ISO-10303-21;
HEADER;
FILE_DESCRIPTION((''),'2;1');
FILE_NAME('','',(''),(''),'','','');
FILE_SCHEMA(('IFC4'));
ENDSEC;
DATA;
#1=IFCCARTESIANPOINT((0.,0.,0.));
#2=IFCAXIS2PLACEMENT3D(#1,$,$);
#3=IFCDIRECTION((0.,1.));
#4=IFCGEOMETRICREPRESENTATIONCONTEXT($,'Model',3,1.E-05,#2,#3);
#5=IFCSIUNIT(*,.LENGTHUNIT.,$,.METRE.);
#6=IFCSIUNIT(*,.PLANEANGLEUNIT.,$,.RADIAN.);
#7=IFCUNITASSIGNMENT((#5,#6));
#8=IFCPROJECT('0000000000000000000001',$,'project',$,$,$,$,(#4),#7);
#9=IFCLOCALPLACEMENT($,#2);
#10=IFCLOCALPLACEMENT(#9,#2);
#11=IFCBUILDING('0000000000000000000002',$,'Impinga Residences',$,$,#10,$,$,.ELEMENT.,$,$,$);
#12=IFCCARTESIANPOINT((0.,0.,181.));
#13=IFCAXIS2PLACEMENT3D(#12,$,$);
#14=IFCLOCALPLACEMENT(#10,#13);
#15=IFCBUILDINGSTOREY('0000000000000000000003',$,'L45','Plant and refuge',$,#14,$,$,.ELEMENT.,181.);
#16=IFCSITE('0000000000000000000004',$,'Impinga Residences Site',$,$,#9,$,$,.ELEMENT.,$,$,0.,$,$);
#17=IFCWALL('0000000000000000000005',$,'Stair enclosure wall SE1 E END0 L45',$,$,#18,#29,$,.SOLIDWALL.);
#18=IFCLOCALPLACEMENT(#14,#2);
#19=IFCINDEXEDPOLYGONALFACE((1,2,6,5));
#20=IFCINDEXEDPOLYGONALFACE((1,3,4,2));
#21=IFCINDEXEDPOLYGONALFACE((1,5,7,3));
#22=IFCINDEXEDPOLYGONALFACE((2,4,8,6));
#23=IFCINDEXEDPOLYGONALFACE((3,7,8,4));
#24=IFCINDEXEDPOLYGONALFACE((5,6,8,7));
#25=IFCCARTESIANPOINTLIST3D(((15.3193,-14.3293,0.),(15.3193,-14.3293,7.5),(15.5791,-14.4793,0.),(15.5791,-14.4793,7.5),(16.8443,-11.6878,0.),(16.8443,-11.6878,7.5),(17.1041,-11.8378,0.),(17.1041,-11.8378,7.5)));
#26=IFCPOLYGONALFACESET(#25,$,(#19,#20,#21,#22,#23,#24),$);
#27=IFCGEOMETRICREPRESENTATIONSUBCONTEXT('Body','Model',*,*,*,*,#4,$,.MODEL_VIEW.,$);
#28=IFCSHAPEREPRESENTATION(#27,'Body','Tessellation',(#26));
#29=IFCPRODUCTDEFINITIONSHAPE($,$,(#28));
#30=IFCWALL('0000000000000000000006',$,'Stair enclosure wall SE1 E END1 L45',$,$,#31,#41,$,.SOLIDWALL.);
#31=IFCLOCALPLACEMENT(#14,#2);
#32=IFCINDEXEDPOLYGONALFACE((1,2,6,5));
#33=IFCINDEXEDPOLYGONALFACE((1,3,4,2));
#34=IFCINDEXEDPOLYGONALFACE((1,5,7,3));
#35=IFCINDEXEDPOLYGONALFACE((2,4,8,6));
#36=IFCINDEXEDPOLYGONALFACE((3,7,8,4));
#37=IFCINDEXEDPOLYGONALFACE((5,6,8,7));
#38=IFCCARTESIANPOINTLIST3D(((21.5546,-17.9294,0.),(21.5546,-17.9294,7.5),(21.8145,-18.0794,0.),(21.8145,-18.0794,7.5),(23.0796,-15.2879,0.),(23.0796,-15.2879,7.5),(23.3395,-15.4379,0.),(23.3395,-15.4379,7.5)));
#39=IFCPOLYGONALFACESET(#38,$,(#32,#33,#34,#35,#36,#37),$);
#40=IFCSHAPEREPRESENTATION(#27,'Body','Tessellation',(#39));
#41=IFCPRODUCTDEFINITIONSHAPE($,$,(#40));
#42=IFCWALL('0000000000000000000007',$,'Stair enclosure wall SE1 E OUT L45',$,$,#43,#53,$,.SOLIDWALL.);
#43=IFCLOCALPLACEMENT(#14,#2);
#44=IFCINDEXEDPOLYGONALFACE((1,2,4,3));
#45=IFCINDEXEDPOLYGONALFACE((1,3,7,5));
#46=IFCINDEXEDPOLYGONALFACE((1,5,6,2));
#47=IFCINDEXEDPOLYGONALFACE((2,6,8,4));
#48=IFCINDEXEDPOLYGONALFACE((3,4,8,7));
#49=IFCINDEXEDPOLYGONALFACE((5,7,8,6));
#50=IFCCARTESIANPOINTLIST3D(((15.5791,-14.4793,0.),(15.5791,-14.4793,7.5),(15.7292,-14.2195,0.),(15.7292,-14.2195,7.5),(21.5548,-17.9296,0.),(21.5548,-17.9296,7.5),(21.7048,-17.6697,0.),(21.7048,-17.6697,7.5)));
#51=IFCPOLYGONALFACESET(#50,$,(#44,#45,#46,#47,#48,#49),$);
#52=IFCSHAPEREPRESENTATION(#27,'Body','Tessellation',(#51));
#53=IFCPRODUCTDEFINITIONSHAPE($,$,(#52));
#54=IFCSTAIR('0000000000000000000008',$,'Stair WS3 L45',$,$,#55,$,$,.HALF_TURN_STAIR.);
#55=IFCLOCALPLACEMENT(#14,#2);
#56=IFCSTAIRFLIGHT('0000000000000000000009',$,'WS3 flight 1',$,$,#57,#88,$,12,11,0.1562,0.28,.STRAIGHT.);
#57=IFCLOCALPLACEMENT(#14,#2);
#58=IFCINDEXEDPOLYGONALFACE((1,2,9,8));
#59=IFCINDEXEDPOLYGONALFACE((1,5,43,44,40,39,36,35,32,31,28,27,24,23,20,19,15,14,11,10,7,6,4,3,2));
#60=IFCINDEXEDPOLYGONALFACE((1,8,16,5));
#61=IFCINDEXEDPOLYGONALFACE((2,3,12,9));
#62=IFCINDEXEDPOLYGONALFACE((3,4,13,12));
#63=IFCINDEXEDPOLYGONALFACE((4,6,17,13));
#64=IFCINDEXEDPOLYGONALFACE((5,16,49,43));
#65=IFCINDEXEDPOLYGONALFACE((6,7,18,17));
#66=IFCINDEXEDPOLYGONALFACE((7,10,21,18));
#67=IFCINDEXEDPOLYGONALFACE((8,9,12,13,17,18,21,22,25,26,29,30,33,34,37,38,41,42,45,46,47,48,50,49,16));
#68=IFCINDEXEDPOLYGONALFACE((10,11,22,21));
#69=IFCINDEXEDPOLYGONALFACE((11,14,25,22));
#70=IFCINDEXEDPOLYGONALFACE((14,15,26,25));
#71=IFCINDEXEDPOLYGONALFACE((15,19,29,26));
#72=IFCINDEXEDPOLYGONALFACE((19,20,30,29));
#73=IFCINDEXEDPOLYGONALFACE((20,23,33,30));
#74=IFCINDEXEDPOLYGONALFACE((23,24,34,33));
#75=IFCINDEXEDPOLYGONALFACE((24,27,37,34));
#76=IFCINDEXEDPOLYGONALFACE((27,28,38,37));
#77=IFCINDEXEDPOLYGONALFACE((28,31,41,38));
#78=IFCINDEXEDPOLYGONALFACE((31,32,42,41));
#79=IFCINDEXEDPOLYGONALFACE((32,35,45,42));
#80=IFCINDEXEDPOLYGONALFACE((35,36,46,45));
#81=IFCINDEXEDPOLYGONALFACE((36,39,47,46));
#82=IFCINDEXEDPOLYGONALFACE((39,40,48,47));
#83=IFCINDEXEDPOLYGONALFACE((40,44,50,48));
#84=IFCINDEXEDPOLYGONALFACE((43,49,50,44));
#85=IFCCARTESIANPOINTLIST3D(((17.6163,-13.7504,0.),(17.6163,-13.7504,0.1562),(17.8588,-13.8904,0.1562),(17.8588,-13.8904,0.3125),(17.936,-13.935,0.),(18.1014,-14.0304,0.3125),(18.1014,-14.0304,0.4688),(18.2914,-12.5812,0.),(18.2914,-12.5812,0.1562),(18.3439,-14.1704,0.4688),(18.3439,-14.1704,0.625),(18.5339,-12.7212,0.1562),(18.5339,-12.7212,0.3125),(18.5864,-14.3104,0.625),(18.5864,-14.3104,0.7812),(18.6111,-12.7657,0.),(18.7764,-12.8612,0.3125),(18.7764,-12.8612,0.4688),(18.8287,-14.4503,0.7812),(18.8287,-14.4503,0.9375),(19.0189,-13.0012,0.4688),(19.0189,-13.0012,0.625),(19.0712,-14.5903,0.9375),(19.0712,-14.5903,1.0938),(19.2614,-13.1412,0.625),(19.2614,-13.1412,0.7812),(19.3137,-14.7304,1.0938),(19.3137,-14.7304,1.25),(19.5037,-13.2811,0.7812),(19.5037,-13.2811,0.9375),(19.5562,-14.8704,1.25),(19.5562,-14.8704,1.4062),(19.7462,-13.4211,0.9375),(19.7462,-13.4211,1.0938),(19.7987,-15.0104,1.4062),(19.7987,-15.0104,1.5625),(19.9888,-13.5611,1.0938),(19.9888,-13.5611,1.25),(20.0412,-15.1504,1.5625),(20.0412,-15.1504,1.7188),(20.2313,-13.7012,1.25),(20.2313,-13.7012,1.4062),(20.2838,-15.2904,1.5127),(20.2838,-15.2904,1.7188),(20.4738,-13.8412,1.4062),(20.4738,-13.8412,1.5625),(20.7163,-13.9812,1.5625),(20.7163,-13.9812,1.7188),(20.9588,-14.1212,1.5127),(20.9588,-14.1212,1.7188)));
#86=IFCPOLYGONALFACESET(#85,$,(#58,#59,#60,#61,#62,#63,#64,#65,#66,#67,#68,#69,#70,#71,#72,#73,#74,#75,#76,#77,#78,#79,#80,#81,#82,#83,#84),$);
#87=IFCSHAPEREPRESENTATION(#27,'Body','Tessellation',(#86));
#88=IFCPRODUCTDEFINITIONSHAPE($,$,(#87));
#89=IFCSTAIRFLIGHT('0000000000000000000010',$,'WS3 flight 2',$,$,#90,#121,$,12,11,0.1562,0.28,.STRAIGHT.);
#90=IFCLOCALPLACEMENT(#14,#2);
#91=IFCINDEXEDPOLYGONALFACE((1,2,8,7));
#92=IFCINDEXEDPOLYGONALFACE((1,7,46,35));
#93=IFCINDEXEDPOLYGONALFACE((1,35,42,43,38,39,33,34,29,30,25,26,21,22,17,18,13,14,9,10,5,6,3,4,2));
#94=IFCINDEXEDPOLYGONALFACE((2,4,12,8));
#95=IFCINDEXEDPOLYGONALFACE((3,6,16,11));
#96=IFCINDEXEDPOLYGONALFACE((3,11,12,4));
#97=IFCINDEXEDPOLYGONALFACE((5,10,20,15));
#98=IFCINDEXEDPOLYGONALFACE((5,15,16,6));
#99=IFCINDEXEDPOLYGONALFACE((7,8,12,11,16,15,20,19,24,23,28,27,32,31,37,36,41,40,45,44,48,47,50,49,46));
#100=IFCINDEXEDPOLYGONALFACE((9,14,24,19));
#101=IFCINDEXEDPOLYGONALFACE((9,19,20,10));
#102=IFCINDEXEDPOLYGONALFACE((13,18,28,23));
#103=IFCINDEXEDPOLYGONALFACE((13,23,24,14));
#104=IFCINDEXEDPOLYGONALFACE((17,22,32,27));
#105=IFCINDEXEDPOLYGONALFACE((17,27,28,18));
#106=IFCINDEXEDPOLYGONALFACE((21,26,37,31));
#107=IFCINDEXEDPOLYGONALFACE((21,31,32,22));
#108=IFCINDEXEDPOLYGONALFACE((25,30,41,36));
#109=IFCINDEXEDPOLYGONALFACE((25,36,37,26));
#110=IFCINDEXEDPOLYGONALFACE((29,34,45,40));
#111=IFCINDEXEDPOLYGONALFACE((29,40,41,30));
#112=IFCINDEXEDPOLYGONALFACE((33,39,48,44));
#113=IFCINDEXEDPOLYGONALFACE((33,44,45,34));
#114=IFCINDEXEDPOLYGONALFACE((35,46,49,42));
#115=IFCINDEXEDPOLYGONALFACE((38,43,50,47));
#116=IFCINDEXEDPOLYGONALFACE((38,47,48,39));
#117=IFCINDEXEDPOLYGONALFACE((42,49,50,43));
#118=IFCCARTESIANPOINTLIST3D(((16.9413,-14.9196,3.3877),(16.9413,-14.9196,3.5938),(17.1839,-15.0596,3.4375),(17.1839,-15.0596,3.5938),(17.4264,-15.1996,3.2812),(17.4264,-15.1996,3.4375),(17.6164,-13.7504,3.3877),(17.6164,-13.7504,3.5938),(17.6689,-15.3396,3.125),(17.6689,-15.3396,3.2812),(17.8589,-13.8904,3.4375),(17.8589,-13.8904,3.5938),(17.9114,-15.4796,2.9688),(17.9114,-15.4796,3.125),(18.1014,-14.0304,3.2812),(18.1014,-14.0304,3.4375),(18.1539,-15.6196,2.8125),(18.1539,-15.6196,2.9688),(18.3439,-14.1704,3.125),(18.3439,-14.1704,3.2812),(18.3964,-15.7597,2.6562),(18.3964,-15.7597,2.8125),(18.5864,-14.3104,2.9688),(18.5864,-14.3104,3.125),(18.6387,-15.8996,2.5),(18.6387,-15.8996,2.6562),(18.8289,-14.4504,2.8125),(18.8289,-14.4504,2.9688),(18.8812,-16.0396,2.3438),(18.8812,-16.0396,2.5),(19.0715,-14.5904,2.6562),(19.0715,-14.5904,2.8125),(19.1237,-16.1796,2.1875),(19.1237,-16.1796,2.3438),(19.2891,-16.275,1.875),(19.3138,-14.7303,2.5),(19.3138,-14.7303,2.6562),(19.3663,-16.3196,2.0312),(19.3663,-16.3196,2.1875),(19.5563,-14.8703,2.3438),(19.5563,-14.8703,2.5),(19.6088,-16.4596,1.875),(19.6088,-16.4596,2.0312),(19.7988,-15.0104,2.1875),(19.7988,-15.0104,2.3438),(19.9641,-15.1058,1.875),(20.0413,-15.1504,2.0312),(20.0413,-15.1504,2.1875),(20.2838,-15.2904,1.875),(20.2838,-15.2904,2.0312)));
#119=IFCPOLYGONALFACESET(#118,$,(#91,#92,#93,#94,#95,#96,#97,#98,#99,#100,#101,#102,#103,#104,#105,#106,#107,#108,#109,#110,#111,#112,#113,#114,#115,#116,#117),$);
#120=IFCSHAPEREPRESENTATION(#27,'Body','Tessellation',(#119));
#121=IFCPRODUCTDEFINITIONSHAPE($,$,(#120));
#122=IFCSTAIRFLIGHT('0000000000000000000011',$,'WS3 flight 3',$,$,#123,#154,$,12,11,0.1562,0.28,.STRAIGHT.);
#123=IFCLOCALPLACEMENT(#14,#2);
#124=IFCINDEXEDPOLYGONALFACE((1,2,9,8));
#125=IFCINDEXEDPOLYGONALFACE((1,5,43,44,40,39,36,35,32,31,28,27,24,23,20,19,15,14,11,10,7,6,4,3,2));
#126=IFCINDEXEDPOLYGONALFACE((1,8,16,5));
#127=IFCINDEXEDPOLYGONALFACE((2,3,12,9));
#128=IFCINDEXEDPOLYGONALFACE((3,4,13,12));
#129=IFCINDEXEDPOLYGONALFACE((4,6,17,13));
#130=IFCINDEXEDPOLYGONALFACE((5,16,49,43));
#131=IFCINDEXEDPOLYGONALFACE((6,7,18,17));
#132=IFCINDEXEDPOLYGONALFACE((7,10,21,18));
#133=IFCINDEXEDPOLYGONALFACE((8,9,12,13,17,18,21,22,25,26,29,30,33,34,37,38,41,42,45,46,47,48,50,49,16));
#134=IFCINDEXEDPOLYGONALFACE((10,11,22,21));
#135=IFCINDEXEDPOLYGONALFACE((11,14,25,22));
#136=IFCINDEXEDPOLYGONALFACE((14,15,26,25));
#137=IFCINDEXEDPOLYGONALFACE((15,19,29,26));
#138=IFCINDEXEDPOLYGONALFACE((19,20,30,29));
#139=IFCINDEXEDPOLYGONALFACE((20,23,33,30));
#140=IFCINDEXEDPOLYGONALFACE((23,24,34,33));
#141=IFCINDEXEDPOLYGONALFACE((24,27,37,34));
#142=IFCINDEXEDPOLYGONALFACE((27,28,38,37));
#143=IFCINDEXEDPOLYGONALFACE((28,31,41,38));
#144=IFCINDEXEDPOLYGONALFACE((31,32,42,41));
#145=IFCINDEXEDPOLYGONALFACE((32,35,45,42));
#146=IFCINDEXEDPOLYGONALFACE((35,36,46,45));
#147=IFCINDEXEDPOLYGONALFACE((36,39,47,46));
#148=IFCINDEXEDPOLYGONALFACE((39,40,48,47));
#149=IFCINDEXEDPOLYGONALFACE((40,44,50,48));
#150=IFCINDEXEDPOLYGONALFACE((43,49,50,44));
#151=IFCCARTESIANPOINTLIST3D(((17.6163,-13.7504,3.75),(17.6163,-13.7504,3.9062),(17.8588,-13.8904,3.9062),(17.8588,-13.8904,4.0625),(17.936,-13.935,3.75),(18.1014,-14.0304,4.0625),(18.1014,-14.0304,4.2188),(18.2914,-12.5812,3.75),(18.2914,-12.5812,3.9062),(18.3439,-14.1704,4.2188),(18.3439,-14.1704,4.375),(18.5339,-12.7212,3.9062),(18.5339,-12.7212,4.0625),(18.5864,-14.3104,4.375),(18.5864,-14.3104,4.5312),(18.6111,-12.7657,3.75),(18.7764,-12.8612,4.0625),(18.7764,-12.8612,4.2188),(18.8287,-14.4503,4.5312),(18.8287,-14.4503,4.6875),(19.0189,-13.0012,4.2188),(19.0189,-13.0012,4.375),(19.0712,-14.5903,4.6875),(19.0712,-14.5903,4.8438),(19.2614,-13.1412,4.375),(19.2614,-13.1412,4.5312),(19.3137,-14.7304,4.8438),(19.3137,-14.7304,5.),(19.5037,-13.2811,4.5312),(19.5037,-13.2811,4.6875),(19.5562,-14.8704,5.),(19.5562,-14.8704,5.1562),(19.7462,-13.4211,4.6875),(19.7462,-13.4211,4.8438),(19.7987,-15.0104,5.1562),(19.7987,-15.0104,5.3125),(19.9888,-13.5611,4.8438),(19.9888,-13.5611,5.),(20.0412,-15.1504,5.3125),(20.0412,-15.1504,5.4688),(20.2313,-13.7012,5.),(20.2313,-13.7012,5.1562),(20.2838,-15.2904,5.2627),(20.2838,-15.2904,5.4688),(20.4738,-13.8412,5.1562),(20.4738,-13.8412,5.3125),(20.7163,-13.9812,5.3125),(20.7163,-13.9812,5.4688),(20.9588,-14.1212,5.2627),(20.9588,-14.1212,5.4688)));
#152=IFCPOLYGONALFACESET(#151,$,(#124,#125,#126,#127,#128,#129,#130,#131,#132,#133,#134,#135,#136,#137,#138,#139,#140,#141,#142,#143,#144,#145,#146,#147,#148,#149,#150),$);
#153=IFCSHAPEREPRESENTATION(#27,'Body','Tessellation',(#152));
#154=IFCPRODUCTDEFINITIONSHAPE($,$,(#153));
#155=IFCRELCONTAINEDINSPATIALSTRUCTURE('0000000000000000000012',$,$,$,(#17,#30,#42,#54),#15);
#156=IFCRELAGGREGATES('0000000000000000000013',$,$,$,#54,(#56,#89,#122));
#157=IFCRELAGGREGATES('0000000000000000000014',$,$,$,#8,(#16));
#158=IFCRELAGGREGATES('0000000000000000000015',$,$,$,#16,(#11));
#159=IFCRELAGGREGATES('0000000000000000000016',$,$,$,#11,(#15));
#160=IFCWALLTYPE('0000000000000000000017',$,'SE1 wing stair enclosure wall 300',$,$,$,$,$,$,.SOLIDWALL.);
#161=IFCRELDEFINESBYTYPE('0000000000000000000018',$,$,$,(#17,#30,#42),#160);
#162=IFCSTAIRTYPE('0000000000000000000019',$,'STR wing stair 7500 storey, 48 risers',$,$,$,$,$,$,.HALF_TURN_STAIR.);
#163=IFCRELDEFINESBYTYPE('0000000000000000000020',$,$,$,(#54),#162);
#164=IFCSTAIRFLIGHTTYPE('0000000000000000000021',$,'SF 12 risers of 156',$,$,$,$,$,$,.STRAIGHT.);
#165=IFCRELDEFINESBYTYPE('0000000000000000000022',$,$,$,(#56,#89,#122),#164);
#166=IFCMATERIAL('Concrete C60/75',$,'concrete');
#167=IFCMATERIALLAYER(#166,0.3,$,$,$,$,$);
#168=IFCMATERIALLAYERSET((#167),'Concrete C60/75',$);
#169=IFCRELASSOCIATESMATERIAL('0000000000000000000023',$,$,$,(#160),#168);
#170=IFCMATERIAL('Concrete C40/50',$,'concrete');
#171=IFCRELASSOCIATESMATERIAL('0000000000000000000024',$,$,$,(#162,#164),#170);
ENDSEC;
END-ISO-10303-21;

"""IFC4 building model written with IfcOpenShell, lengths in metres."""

from ifc_helpers import new_model, si_unit, direction, frame, frame_2d, origin, place, context, subcontext, project, spatial, polyline, rectangle, outline, extrude, material, layer, layer_set, type_object, element, aggregate, save


model = new_model("IFC4")

# Units and contexts
model_context = context("Model", 3, precision=1e-05, world=origin(), true_north=direction((0.0, 1.0)))
body_context = subcontext(model_context, "Body", "Model", "MODEL_VIEW")
ifc_project = project(units=[si_unit("LENGTHUNIT", "METRE"), si_unit("PLANEANGLEUNIT", "RADIAN")], contexts=[model_context])

# Site, building, storey
site_placement = place(None, origin())
site = spatial("IfcSite", under=ifc_project, at=site_placement, Name="Impinga Residences Site", CompositionType="ELEMENT", RefElevation=0.0)
building_placement = place(site_placement, origin())
building = spatial("IfcBuilding", under=site, at=building_placement, Name="Impinga Residences", CompositionType="ELEMENT")
storey_placement = place(building_placement, frame((0.0, 0.0, 181.0)))
storey = spatial("IfcBuildingStorey", under=building, at=storey_placement, Name="L45", Description="Plant and refuge", CompositionType="ELEMENT", Elevation=181.0)

# Shared definitions
ifc_material_1 = material(Name="Concrete C60/75", Category="concrete")

# Walls
ifc_layer_1 = layer(ifc_material_1, 0.3)
ifc_layer_set_1 = layer_set([ifc_layer_1], Name="Concrete C60/75")
wall_type_1 = type_object("IfcWallType", Name="SE1 wing stair enclosure wall 300", PredefinedType="SOLIDWALL", material=ifc_layer_set_1)
for number, where, z_axis, x_axis, name in (
    (1, (16.9741, -11.7629, 0.0), (0.0, 0.0, 1.0), (-0.499979, -0.866038, 0.0), "Stair enclosure wall SE1 E END0 L45"),
    (2, (23.2095, -15.363, 0.0), (0.0, 0.0, 1.0), (-0.499979, -0.866038, 0.0), "Stair enclosure wall SE1 E END1 L45"),
):
    element("IfcWall", number, at=place(storey_placement, frame(where, z_axis=z_axis, x_axis=x_axis)), inside=storey, type_object=wall_type_1, Name=name, PredefinedType="SOLIDWALL", context=body_context, shape_type="SweptSolid", body=[
        extrude(rectangle(XDim=3.05, YDim=0.3, at=frame_2d((1.5249, 0.0))), origin(), (0.0, 0.0, 1.0), 7.5),
    ])
wall_1_placement = place(storey_placement, frame((15.6541, -14.3494, 0.0), z_axis=(0.0, 0.0, 1.0), x_axis=(0.866014, -0.500021, 0.0)))
element("IfcWall", 3, at=wall_1_placement, inside=storey, type_object=wall_type_1, Name="Stair enclosure wall SE1 E OUT L45", PredefinedType="SOLIDWALL", context=body_context, shape_type="SweptSolid", body=[
    extrude(rectangle(XDim=6.9001, YDim=0.3, at=frame_2d((3.4502, 0.0))), origin(), (0.0, 0.0, 1.0), 7.5),
])

# Stair, stair flights
ifc_material_2 = material(Name="Concrete C40/50", Category="concrete")
stair_type = type_object("IfcStairType", Name="STR wing stair 7500 storey, 48 risers", PredefinedType="HALF_TURN_STAIR", material=ifc_material_2)
stair_placement = place(storey_placement, origin())
stair = element("IfcStair", 4, at=stair_placement, inside=storey, type_object=stair_type, Name="Stair WS3 L45", PredefinedType="HALF_TURN_STAIR")
stair_flight_type = type_object("IfcStairFlightType", Name="SF 12 risers of 156", PredefinedType="STRAIGHT", material=ifc_material_2)
stair_flight_1_placement = place(storey_placement, frame((17.9539, -13.1658, 0.0), z_axis=(0.0, 0.0, 1.0), x_axis=(0.866025, -0.5, 0.0)))
stair_flight_1 = element("IfcStairFlight", 5, at=stair_flight_1_placement, type_object=stair_flight_type, Name="WS3 flight 1", NumberOfRisers=12, NumberOfTreads=11, PredefinedType="STRAIGHT", RiserHeight=0.1562, TreadLength=0.28, context=body_context, shape_type="SweptSolid", body=[
    extrude(outline(polyline([(0.0, 0.0), (0.0, 0.1562), (0.28, 0.1562), (0.28, 0.3125), (0.5601, 0.3125), (0.5601, 0.4688), (0.8401, 0.4688), (0.8401, 0.625), (1.1201, 0.625), (1.1201, 0.7812), (1.3999, 0.7812), (1.3999, 0.9375), (1.6799, 0.9375), (1.6799, 1.0938), (1.96, 1.0938), (1.96, 1.25), (2.24, 1.25), (2.24, 1.4062), (2.52, 1.4062), (2.52, 1.5625), (2.8, 1.5625), (2.8, 1.7188), (3.0801, 1.7188), (3.0801, 1.875), (3.0801, 1.5127), (0.3691, 0.0), (0.0, 0.0)])), frame((0.0, 0.675, 0.0), z_axis=(0.0, -1.0, 0.0), x_axis=(1.0, 0.0, 0.0)), (0.0, 0.0, 1.0), 1.3501),
])
stair_flight_2_placement = place(storey_placement, frame((19.9463, -15.875, 1.875), z_axis=(0.0, 0.0, 1.0), x_axis=(-0.866025, 0.5, 0.0)))
stair_flight_2 = element("IfcStairFlight", 6, at=stair_flight_2_placement, type_object=stair_flight_type, Name="WS3 flight 2", NumberOfRisers=12, NumberOfTreads=11, PredefinedType="STRAIGHT", RiserHeight=0.1562, TreadLength=0.28, context=body_context, shape_type="SweptSolid", body=[
    extrude(outline(polyline([(0.0, 0.0), (0.0, 0.1562), (0.28, 0.1562), (0.28, 0.3125), (0.5601, 0.3125), (0.5601, 0.4688), (0.8401, 0.4688), (0.8401, 0.625), (1.1201, 0.625), (1.1201, 0.7812), (1.3999, 0.7812), (1.3999, 0.9375), (1.6799, 0.9375), (1.6799, 1.0938), (1.96, 1.0938), (1.96, 1.25), (2.24, 1.25), (2.24, 1.4062), (2.52, 1.4062), (2.52, 1.5625), (2.8, 1.5625), (2.8, 1.7188), (3.0801, 1.7188), (3.0801, 1.875), (3.0801, 1.5127), (0.3691, 0.0), (0.0, 0.0)])), frame((0.0, 0.675, 0.0), z_axis=(0.0, -1.0, 0.0), x_axis=(1.0, 0.0, 0.0)), (0.0, 0.0, 1.0), 1.3501),
])
stair_flight_3_placement = place(storey_placement, frame((17.9539, -13.1658, 3.75), z_axis=(0.0, 0.0, 1.0), x_axis=(0.866025, -0.5, 0.0)))
stair_flight_3 = element("IfcStairFlight", 7, at=stair_flight_3_placement, type_object=stair_flight_type, Name="WS3 flight 3", NumberOfRisers=12, NumberOfTreads=11, PredefinedType="STRAIGHT", RiserHeight=0.1562, TreadLength=0.28, context=body_context, shape_type="SweptSolid", body=[
    extrude(outline(polyline([(0.0, 0.0), (0.0, 0.1562), (0.28, 0.1562), (0.28, 0.3125), (0.5601, 0.3125), (0.5601, 0.4688), (0.8401, 0.4688), (0.8401, 0.625), (1.1201, 0.625), (1.1201, 0.7812), (1.3999, 0.7812), (1.3999, 0.9375), (1.6799, 0.9375), (1.6799, 1.0938), (1.96, 1.0938), (1.96, 1.25), (2.24, 1.25), (2.24, 1.4062), (2.52, 1.4062), (2.52, 1.5625), (2.8, 1.5625), (2.8, 1.7188), (3.0801, 1.7188), (3.0801, 1.875), (3.0801, 1.5127), (0.3691, 0.0), (0.0, 0.0)])), frame((0.0, 0.675, 0.0), z_axis=(0.0, -1.0, 0.0), x_axis=(1.0, 0.0, 0.0)), (0.0, 0.0, 1.0), 1.3501),
])
aggregate(stair, [stair_flight_1, stair_flight_2, stair_flight_3])

save(model, "model.ifc")
